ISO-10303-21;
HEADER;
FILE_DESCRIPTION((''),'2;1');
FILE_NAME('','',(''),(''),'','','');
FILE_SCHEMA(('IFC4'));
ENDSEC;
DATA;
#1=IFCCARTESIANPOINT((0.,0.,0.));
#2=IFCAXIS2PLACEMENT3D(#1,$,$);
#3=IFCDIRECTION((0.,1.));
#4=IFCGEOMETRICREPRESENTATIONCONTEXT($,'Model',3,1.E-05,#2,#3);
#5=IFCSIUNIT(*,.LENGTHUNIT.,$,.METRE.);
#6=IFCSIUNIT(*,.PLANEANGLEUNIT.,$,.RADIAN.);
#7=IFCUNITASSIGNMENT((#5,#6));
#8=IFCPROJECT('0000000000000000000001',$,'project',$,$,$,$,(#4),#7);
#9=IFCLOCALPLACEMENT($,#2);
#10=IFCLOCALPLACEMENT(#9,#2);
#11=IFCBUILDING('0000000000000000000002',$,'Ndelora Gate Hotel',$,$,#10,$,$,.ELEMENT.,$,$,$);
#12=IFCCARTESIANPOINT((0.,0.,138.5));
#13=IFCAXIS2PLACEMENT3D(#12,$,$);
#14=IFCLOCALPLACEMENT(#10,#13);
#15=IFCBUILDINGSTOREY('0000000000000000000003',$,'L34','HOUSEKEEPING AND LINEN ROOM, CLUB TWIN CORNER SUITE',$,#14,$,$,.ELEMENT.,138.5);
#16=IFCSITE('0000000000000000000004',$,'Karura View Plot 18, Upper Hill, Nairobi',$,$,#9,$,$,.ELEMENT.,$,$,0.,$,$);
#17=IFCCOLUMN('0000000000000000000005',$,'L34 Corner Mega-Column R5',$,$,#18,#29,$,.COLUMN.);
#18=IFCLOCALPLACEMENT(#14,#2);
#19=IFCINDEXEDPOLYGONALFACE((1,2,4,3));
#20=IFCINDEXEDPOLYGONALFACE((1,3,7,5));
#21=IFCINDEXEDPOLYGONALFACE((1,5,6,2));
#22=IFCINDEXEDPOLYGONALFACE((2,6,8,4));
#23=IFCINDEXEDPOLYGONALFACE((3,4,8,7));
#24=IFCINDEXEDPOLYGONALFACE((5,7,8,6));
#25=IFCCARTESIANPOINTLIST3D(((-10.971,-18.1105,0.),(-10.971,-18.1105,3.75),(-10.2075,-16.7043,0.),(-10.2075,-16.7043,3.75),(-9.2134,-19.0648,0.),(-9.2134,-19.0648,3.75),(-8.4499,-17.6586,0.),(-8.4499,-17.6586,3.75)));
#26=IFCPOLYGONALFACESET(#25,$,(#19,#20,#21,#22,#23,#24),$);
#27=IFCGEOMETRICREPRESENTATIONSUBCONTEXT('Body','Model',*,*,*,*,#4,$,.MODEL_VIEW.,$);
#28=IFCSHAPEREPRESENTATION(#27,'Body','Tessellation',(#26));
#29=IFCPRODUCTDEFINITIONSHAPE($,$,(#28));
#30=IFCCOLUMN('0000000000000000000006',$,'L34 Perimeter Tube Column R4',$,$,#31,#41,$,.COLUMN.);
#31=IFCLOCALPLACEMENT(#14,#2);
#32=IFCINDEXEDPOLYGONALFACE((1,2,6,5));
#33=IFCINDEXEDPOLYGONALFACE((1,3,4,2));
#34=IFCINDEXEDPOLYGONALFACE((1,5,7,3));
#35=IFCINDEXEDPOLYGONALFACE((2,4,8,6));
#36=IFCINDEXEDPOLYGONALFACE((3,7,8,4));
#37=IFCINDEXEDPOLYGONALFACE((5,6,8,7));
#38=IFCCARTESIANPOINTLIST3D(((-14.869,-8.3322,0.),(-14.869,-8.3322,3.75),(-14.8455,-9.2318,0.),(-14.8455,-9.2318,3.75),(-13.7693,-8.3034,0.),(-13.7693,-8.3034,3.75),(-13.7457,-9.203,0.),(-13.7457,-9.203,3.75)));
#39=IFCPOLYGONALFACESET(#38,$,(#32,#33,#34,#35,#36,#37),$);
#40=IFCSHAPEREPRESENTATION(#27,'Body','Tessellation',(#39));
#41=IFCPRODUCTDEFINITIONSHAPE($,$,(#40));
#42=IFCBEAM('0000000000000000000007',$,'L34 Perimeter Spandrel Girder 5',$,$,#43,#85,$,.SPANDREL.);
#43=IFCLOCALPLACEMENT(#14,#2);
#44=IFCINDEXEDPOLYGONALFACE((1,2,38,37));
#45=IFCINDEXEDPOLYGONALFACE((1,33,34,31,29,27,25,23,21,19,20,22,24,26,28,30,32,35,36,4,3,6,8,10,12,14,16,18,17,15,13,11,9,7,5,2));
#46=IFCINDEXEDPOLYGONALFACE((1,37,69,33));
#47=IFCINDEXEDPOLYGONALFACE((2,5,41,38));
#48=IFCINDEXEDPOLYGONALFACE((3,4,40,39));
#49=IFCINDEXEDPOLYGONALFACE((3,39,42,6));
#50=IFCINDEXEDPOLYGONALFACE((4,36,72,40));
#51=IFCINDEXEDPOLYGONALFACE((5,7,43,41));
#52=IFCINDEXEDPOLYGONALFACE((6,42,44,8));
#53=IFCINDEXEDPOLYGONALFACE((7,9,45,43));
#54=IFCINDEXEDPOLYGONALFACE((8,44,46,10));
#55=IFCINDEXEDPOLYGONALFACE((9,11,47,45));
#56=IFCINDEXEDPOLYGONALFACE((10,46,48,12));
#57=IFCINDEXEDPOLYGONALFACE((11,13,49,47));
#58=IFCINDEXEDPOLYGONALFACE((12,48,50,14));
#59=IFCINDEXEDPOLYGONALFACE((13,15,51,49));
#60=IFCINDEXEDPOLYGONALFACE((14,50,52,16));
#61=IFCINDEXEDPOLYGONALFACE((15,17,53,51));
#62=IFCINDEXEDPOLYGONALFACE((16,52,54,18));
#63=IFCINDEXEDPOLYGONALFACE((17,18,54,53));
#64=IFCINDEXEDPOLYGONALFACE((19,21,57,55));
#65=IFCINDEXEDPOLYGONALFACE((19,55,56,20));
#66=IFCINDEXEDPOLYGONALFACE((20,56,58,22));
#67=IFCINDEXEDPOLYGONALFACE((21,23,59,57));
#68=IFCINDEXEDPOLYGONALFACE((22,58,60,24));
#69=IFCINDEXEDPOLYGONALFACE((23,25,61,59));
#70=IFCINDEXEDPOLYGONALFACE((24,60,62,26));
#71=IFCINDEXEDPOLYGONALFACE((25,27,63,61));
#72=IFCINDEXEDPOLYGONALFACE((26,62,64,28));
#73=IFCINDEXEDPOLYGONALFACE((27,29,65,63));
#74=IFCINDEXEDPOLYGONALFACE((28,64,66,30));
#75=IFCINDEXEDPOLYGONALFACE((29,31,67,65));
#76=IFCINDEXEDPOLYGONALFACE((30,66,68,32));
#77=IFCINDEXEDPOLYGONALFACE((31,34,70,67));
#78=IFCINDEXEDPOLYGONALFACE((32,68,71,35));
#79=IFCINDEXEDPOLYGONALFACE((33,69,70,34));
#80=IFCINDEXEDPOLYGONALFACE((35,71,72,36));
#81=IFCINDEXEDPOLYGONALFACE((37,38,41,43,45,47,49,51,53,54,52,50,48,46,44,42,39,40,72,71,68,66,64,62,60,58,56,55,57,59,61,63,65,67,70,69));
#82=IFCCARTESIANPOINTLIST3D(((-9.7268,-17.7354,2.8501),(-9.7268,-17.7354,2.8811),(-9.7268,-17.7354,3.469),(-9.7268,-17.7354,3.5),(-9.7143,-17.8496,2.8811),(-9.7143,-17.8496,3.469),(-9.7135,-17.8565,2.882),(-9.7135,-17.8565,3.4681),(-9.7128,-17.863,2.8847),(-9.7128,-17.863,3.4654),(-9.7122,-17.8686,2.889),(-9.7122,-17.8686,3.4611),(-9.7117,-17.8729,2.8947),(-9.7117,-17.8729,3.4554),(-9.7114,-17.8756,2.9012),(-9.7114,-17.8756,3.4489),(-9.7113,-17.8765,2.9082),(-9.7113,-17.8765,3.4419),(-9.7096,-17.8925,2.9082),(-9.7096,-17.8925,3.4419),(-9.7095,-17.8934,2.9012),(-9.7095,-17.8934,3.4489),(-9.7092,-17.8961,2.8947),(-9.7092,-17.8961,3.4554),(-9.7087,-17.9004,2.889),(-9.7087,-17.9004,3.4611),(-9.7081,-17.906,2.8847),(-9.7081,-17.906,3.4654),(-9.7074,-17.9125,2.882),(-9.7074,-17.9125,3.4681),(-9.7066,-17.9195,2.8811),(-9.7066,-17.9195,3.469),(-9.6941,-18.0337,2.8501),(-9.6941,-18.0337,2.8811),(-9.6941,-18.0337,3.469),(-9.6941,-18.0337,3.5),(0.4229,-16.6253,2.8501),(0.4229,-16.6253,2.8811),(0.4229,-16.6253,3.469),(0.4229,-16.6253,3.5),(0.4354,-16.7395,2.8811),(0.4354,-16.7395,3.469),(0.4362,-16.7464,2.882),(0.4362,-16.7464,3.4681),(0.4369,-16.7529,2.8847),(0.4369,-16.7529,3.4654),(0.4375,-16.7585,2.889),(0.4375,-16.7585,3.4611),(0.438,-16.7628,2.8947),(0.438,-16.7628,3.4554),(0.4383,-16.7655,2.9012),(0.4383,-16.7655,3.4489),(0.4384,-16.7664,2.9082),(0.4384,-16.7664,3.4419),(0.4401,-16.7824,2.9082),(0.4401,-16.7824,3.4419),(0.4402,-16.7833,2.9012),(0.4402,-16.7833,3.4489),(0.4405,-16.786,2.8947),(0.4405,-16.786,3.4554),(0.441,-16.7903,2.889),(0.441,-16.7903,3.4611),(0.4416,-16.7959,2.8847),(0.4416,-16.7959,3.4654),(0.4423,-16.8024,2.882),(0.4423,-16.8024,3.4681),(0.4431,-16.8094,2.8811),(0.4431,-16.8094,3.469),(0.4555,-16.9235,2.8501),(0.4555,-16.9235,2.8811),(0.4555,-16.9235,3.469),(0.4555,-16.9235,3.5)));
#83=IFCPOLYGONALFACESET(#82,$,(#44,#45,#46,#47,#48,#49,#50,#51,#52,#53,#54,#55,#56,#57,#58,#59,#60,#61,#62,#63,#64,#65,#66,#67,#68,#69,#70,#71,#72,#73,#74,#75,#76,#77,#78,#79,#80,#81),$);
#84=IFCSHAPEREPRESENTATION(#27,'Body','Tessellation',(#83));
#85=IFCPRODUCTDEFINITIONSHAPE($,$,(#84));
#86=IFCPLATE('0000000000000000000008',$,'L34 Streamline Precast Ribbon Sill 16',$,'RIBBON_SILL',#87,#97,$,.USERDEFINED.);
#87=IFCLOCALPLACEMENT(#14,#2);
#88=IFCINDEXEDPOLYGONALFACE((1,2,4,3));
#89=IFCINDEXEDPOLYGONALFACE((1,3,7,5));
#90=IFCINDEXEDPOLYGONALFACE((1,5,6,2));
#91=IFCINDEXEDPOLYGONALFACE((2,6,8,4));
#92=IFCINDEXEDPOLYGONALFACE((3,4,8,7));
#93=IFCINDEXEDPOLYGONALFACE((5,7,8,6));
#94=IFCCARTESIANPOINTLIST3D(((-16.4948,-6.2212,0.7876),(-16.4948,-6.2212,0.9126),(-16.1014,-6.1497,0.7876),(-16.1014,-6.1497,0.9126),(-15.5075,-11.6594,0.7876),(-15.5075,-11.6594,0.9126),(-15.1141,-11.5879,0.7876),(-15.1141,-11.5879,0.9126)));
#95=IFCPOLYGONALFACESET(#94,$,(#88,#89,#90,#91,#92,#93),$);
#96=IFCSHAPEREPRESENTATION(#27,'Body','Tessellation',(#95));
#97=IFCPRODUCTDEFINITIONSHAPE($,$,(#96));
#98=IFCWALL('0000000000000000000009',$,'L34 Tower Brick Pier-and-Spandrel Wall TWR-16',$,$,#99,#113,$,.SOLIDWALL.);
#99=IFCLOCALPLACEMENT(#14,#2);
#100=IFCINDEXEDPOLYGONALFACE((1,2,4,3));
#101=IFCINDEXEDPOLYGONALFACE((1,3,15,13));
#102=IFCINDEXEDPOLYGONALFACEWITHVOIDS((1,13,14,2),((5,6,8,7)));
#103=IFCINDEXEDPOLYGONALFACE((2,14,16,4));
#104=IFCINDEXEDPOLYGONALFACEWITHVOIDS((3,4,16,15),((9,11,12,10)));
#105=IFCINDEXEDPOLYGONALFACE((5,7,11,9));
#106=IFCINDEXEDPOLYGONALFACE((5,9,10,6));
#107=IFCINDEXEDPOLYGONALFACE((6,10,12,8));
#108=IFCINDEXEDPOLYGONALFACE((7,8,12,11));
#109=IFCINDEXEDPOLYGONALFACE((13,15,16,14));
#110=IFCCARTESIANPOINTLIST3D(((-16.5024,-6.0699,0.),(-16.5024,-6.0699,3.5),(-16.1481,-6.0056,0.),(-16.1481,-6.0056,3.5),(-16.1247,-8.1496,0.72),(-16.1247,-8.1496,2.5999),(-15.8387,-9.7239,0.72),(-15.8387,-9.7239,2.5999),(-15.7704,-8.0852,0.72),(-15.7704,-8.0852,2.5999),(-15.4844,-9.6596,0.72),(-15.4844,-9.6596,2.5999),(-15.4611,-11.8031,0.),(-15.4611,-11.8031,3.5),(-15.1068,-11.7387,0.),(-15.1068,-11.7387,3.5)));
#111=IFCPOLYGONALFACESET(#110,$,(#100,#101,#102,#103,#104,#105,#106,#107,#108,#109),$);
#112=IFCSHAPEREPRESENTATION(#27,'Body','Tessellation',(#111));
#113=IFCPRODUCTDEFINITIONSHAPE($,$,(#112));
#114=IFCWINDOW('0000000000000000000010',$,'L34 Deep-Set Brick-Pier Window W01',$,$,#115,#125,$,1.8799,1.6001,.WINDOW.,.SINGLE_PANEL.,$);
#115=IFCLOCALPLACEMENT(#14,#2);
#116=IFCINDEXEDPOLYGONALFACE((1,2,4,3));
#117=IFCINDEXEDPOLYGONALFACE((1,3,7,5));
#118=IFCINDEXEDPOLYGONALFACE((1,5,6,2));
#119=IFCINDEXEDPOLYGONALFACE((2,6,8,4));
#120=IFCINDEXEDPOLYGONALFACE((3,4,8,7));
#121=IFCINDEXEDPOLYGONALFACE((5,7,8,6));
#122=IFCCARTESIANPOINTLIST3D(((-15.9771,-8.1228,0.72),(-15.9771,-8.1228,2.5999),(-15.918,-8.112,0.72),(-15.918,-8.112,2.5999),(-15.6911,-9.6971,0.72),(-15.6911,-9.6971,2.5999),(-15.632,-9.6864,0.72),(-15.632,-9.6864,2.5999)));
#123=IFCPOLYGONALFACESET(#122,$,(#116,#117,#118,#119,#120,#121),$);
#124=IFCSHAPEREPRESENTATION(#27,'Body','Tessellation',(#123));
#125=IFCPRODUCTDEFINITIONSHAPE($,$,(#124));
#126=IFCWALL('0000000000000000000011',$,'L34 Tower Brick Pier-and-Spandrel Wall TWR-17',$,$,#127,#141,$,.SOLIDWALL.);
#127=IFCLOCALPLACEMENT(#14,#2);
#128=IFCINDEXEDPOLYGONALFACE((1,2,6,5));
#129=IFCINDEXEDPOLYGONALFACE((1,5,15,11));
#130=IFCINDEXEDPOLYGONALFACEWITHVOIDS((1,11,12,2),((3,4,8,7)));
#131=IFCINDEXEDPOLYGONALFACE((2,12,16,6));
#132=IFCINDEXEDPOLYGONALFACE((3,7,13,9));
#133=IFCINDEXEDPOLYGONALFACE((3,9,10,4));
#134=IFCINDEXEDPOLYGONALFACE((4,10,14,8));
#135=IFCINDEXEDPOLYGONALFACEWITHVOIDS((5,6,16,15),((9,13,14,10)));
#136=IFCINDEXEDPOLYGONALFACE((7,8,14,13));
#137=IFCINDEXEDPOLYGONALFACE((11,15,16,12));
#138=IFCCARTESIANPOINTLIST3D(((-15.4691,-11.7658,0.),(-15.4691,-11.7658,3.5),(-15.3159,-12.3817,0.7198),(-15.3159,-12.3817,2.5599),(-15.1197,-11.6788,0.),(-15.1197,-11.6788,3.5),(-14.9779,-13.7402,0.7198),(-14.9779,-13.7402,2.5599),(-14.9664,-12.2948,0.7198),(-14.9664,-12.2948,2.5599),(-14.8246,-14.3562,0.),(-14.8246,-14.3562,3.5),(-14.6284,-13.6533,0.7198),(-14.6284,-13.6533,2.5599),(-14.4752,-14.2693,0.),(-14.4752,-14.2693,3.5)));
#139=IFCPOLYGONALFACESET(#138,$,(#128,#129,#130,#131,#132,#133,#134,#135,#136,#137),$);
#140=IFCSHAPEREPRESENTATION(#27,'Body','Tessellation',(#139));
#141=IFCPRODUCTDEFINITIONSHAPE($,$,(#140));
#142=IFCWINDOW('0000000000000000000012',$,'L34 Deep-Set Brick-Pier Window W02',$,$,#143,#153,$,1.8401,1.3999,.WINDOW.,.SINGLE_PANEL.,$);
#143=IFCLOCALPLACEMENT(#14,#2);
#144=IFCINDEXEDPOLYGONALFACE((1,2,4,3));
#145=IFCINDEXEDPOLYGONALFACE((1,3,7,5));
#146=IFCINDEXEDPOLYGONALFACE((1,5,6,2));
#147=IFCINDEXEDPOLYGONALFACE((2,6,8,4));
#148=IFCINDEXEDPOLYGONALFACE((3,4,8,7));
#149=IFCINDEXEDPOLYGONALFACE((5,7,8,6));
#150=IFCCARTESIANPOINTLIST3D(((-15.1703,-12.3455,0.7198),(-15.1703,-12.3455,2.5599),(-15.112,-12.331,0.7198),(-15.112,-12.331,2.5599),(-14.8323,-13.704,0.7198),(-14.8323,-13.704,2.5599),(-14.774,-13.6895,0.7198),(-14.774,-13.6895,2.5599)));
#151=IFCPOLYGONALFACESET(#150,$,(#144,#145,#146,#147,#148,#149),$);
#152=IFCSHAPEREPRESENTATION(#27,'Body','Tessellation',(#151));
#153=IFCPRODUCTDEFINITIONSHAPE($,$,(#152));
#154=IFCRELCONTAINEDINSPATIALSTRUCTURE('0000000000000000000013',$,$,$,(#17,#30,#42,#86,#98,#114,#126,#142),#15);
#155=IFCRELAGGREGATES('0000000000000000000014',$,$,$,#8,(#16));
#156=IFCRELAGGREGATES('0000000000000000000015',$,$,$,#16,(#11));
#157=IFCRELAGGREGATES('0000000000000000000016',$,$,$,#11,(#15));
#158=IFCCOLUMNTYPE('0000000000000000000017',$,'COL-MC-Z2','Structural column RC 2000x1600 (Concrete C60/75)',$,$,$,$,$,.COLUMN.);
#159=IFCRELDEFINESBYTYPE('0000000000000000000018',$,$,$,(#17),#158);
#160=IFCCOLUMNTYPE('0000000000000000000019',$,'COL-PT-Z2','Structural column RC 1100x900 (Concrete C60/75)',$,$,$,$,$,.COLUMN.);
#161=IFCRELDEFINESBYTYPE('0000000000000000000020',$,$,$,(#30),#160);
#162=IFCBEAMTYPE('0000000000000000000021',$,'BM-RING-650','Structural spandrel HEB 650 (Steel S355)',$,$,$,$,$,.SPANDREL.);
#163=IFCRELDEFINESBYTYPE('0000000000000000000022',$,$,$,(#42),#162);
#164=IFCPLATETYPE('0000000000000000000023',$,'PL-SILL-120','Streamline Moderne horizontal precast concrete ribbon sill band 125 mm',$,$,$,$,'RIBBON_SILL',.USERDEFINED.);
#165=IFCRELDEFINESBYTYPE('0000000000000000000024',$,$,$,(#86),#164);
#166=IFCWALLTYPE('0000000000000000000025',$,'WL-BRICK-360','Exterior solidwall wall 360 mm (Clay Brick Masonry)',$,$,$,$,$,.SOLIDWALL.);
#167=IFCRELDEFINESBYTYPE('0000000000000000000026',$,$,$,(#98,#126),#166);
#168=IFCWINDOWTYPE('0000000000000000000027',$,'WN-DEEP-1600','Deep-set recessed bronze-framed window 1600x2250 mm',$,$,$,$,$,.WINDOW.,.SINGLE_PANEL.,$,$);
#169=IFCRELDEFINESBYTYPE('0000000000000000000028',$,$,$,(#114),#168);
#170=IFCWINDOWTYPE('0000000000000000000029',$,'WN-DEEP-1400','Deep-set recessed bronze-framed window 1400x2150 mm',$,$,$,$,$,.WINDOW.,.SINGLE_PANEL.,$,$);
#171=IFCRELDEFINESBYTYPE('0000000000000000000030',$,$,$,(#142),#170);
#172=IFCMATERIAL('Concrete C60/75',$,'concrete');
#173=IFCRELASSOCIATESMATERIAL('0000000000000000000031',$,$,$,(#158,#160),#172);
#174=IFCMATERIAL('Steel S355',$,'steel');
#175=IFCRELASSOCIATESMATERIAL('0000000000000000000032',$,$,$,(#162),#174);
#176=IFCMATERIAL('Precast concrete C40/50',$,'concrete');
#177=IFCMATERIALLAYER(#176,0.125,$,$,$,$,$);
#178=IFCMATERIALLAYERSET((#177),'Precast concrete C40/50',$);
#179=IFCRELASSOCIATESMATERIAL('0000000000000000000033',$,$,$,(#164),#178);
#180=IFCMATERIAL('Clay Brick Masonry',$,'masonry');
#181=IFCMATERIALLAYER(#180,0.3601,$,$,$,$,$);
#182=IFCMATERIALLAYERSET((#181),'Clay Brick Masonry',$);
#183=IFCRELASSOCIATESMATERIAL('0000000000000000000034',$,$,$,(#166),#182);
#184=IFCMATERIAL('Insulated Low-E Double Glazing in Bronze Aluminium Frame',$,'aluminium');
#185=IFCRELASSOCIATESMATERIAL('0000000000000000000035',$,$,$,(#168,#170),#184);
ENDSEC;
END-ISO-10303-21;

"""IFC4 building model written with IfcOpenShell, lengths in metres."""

from ifc_helpers import new_model, si_unit, direction, frame, frame_2d, origin, origin_2d, place, context, subcontext, project, spatial, rectangle, i_section, extrude, material, layer, layer_set, material_profile, profile_set, type_object, element, fill, save


model = new_model("IFC4")

# Units and contexts
model_context = context("Model", 3, precision=1e-05, world=origin(), true_north=direction((0.0, 1.0)))
body_context = subcontext(model_context, "Body", "Model", "MODEL_VIEW")
ifc_project = project(units=[si_unit("LENGTHUNIT", "METRE"), si_unit("PLANEANGLEUNIT", "RADIAN")], contexts=[model_context])

# Site, building, storey
site_placement = place(None, origin())
site = spatial("IfcSite", under=ifc_project, at=site_placement, Name="Karura View Plot 18, Upper Hill, Nairobi", CompositionType="ELEMENT", RefElevation=0.0)
building_placement = place(site_placement, origin())
building = spatial("IfcBuilding", under=site, at=building_placement, Name="Ndelora Gate Hotel", CompositionType="ELEMENT")
storey_placement = place(building_placement, frame((0.0, 0.0, 138.5)))
storey = spatial("IfcBuildingStorey", under=building, at=storey_placement, Name="L34", Description="HOUSEKEEPING AND LINEN ROOM, CLUB TWIN CORNER SUITE", CompositionType="ELEMENT", Elevation=138.5)

# Columns
ifc_material_1 = material(Name="Concrete C60/75", Category="concrete")
ifc_material_profile_1 = material_profile(ifc_material_1, rectangle(XDim=1.6001, YDim=2.0, at=origin_2d()), Name="RC 2000x1600")
ifc_profile_set_1 = profile_set([ifc_material_profile_1], Name="Concrete C60/75")
column_type_1 = type_object("IfcColumnType", Name="COL-MC-Z2", Description="Structural column RC 2000x1600 (Concrete C60/75)", PredefinedType="COLUMN", material=ifc_profile_set_1)
column_1_placement = place(storey_placement, frame((-9.7104, -17.8845, 0.0), z_axis=(0.0, 0.0, 1.0), x_axis=(0.477159, 0.878817, 0.0)))
element("IfcColumn", 1, at=column_1_placement, inside=storey, type_object=column_type_1, Name="L34 Corner Mega-Column R5", PredefinedType="COLUMN", context=body_context, shape_type="SweptSolid", body=[
    extrude(rectangle(XDim=1.6001, YDim=2.0, at=origin_2d()), origin(), (0.0, 0.0, 1.0), 3.75),
])
ifc_material_profile_2 = material_profile(ifc_material_1, rectangle(XDim=0.8999, YDim=1.1001, at=origin_2d()), Name="RC 1100x900")
ifc_profile_set_2 = profile_set([ifc_material_profile_2], Name="Concrete C60/75")
column_type_2 = type_object("IfcColumnType", Name="COL-PT-Z2", Description="Structural column RC 1100x900 (Concrete C60/75)", PredefinedType="COLUMN", material=ifc_profile_set_2)
column_2_placement = place(storey_placement, frame((-14.3074, -8.7676, 0.0), z_axis=(0.0, 0.0, 1.0), x_axis=(-0.026177, 0.999657, 0.0)))
element("IfcColumn", 2, at=column_2_placement, inside=storey, type_object=column_type_2, Name="L34 Perimeter Tube Column R4", PredefinedType="COLUMN", context=body_context, shape_type="SweptSolid", body=[
    extrude(rectangle(XDim=0.8999, YDim=1.1001, at=origin_2d()), origin(), (0.0, 0.0, 1.0), 3.75),
])

# Beam
ifc_material_2 = material(Name="Steel S355", Category="steel")
ifc_material_profile_3 = material_profile(ifc_material_2, i_section(OverallWidth=0.3, OverallDepth=0.6499, WebThickness=0.0161, FlangeThickness=0.031, FilletRadius=0.0271, at=origin_2d()), Name="HEB 650")
ifc_profile_set_3 = profile_set([ifc_material_profile_3], Name="Steel S355")
beam_type = type_object("IfcBeamType", Name="BM-RING-650", Description="Structural spandrel HEB 650 (Steel S355)", PredefinedType="SPANDREL", material=ifc_profile_set_3)
beam_placement = place(storey_placement, frame((-9.7104, -17.8845, 3.175), z_axis=(0.994072, 0.108725, 0.0), x_axis=(-0.108725, 0.994072, 0.0)))
element("IfcBeam", 3, at=beam_placement, inside=storey, type_object=beam_type, Name="L34 Perimeter Spandrel Girder 5", PredefinedType="SPANDREL", context=body_context, shape_type="SweptSolid", body=[
    extrude(i_section(OverallWidth=0.3, OverallDepth=0.6499, WebThickness=0.0161, FlangeThickness=0.031, FilletRadius=0.0271, at=origin_2d()), origin(), (0.0, 0.0, 1.0), 10.2102),
])

# Plate
ifc_material_3 = material(Name="Precast concrete C40/50", Category="concrete")
ifc_layer_1 = layer(ifc_material_3, 0.125)
ifc_layer_set_1 = layer_set([ifc_layer_1], Name="Precast concrete C40/50")
plate_type = type_object("IfcPlateType", Name="PL-SILL-120", Description="Streamline Moderne horizontal precast concrete ribbon sill band 125 mm", ElementType="RIBBON_SILL", PredefinedType="USERDEFINED", material=ifc_layer_set_1)
plate_placement = place(storey_placement, frame((-15.8044, -8.9045, 0.7876), z_axis=(0.0, 0.0, 1.0), x_axis=(-0.17863, 0.983916, 0.0)))
element("IfcPlate", 4, at=plate_placement, inside=storey, type_object=plate_type, Name="L34 Streamline Precast Ribbon Sill 16", ObjectType="RIBBON_SILL", PredefinedType="USERDEFINED", context=body_context, shape_type="SweptSolid", body=[
    extrude(rectangle(XDim=5.5271, YDim=0.3999, at=origin_2d()), origin(), (0.0, 0.0, 1.0), 0.125),
])

# Walls, openings, windows
ifc_material_4 = material(Name="Clay Brick Masonry", Category="masonry")
ifc_layer_2 = layer(ifc_material_4, 0.3601)
ifc_layer_set_2 = layer_set([ifc_layer_2], Name="Clay Brick Masonry")
wall_type = type_object("IfcWallType", Name="WL-BRICK-360", Description="Exterior solidwall wall 360 mm (Clay Brick Masonry)", PredefinedType="SOLIDWALL", material=ifc_layer_set_2)
wall_1_placement = place(storey_placement, frame((-15.2839, -11.771, 0.0), z_axis=(0.0, 0.0, 1.0), x_axis=(-0.178697, 0.983904, 0.0)))
wall_1 = element("IfcWall", 5, at=wall_1_placement, inside=storey, type_object=wall_type, Name="L34 Tower Brick Pier-and-Spandrel Wall TWR-16", PredefinedType="SOLIDWALL", context=body_context, shape_type="SweptSolid", body=[
    extrude(rectangle(XDim=5.8269, YDim=0.3601, at=frame_2d((2.9136, 0.0))), origin(), (0.0, 0.0, 1.0), 3.5),
])
opening_1_placement = place(wall_1_placement, frame((2.1133, 0.0, 0.72)))
opening_1 = element("IfcOpeningElement", 6, at=opening_1_placement, cuts=wall_1, PredefinedType="OPENING", context=body_context, shape_type="SweptSolid", body=[
    extrude(rectangle(XDim=1.6001, YDim=1.8799, at=frame_2d((0.8, 0.9399))), frame((0.0, 0.1899, 0.0), z_axis=(0.0, -1.0, 0.0), x_axis=(1.0, 0.0, 0.0)), (0.0, 0.0, 1.0), 0.3801),
])
ifc_material_5 = material(Name="Insulated Low-E Double Glazing in Bronze Aluminium Frame", Category="aluminium")
window_type_1 = type_object("IfcWindowType", Name="WN-DEEP-1600", Description="Deep-set recessed bronze-framed window 1600x2250 mm", PartitioningType="SINGLE_PANEL", PredefinedType="WINDOW", material=ifc_material_5)
window_1_placement = place(opening_1_placement, origin())
window_1 = element("IfcWindow", 7, at=window_1_placement, inside=storey, type_object=window_type_1, Name="L34 Deep-Set Brick-Pier Window W01", OverallHeight=1.8799, OverallWidth=1.6001, PartitioningType="SINGLE_PANEL", PredefinedType="WINDOW", context=body_context, shape_type="SweptSolid", body=[
    extrude(rectangle(XDim=1.6001, YDim=1.8799, at=frame_2d((0.8, 0.9399))), frame((0.0, 0.03, 0.0), z_axis=(0.0, -1.0, 0.0), x_axis=(1.0, 0.0, 0.0)), (0.0, 0.0, 1.0), 0.0601),
])
fill(opening_1, window_1)
wall_2_placement = place(storey_placement, frame((-14.6499, -14.3127, 0.0), z_axis=(0.0, 0.0, 1.0), x_axis=(-0.241438, 0.970416, 0.0)))
wall_2 = element("IfcWall", 8, at=wall_2_placement, inside=storey, type_object=wall_type, Name="L34 Tower Brick Pier-and-Spandrel Wall TWR-17", PredefinedType="SOLIDWALL", context=body_context, shape_type="SweptSolid", body=[
    extrude(rectangle(XDim=2.6694, YDim=0.3601, at=frame_2d((1.3347, 0.0))), origin(), (0.0, 0.0, 1.0), 3.5),
])
opening_2_placement = place(wall_2_placement, frame((0.6348, 0.0, 0.72)))
opening_2 = element("IfcOpeningElement", 9, at=opening_2_placement, cuts=wall_2, PredefinedType="OPENING", context=body_context, shape_type="SweptSolid", body=[
    extrude(rectangle(XDim=1.3999, YDim=1.8401, at=frame_2d((0.7, 0.9199))), frame((0.0, 0.1899, 0.0), z_axis=(0.0, -1.0, 0.0), x_axis=(1.0, 0.0, 0.0)), (0.0, 0.0, 1.0), 0.3801),
])
window_type_2 = type_object("IfcWindowType", Name="WN-DEEP-1400", Description="Deep-set recessed bronze-framed window 1400x2150 mm", PartitioningType="SINGLE_PANEL", PredefinedType="WINDOW", material=ifc_material_5)
window_2_placement = place(opening_2_placement, origin())
window_2 = element("IfcWindow", 10, at=window_2_placement, inside=storey, type_object=window_type_2, Name="L34 Deep-Set Brick-Pier Window W02", OverallHeight=1.8401, OverallWidth=1.3999, PartitioningType="SINGLE_PANEL", PredefinedType="WINDOW", context=body_context, shape_type="SweptSolid", body=[
    extrude(rectangle(XDim=1.3999, YDim=1.8401, at=frame_2d((0.7, 0.9199))), frame((0.0, 0.03, 0.0), z_axis=(0.0, -1.0, 0.0), x_axis=(1.0, 0.0, 0.0)), (0.0, 0.0, 1.0), 0.0601),
])
fill(opening_2, window_2)

save(model, "model.ifc")
